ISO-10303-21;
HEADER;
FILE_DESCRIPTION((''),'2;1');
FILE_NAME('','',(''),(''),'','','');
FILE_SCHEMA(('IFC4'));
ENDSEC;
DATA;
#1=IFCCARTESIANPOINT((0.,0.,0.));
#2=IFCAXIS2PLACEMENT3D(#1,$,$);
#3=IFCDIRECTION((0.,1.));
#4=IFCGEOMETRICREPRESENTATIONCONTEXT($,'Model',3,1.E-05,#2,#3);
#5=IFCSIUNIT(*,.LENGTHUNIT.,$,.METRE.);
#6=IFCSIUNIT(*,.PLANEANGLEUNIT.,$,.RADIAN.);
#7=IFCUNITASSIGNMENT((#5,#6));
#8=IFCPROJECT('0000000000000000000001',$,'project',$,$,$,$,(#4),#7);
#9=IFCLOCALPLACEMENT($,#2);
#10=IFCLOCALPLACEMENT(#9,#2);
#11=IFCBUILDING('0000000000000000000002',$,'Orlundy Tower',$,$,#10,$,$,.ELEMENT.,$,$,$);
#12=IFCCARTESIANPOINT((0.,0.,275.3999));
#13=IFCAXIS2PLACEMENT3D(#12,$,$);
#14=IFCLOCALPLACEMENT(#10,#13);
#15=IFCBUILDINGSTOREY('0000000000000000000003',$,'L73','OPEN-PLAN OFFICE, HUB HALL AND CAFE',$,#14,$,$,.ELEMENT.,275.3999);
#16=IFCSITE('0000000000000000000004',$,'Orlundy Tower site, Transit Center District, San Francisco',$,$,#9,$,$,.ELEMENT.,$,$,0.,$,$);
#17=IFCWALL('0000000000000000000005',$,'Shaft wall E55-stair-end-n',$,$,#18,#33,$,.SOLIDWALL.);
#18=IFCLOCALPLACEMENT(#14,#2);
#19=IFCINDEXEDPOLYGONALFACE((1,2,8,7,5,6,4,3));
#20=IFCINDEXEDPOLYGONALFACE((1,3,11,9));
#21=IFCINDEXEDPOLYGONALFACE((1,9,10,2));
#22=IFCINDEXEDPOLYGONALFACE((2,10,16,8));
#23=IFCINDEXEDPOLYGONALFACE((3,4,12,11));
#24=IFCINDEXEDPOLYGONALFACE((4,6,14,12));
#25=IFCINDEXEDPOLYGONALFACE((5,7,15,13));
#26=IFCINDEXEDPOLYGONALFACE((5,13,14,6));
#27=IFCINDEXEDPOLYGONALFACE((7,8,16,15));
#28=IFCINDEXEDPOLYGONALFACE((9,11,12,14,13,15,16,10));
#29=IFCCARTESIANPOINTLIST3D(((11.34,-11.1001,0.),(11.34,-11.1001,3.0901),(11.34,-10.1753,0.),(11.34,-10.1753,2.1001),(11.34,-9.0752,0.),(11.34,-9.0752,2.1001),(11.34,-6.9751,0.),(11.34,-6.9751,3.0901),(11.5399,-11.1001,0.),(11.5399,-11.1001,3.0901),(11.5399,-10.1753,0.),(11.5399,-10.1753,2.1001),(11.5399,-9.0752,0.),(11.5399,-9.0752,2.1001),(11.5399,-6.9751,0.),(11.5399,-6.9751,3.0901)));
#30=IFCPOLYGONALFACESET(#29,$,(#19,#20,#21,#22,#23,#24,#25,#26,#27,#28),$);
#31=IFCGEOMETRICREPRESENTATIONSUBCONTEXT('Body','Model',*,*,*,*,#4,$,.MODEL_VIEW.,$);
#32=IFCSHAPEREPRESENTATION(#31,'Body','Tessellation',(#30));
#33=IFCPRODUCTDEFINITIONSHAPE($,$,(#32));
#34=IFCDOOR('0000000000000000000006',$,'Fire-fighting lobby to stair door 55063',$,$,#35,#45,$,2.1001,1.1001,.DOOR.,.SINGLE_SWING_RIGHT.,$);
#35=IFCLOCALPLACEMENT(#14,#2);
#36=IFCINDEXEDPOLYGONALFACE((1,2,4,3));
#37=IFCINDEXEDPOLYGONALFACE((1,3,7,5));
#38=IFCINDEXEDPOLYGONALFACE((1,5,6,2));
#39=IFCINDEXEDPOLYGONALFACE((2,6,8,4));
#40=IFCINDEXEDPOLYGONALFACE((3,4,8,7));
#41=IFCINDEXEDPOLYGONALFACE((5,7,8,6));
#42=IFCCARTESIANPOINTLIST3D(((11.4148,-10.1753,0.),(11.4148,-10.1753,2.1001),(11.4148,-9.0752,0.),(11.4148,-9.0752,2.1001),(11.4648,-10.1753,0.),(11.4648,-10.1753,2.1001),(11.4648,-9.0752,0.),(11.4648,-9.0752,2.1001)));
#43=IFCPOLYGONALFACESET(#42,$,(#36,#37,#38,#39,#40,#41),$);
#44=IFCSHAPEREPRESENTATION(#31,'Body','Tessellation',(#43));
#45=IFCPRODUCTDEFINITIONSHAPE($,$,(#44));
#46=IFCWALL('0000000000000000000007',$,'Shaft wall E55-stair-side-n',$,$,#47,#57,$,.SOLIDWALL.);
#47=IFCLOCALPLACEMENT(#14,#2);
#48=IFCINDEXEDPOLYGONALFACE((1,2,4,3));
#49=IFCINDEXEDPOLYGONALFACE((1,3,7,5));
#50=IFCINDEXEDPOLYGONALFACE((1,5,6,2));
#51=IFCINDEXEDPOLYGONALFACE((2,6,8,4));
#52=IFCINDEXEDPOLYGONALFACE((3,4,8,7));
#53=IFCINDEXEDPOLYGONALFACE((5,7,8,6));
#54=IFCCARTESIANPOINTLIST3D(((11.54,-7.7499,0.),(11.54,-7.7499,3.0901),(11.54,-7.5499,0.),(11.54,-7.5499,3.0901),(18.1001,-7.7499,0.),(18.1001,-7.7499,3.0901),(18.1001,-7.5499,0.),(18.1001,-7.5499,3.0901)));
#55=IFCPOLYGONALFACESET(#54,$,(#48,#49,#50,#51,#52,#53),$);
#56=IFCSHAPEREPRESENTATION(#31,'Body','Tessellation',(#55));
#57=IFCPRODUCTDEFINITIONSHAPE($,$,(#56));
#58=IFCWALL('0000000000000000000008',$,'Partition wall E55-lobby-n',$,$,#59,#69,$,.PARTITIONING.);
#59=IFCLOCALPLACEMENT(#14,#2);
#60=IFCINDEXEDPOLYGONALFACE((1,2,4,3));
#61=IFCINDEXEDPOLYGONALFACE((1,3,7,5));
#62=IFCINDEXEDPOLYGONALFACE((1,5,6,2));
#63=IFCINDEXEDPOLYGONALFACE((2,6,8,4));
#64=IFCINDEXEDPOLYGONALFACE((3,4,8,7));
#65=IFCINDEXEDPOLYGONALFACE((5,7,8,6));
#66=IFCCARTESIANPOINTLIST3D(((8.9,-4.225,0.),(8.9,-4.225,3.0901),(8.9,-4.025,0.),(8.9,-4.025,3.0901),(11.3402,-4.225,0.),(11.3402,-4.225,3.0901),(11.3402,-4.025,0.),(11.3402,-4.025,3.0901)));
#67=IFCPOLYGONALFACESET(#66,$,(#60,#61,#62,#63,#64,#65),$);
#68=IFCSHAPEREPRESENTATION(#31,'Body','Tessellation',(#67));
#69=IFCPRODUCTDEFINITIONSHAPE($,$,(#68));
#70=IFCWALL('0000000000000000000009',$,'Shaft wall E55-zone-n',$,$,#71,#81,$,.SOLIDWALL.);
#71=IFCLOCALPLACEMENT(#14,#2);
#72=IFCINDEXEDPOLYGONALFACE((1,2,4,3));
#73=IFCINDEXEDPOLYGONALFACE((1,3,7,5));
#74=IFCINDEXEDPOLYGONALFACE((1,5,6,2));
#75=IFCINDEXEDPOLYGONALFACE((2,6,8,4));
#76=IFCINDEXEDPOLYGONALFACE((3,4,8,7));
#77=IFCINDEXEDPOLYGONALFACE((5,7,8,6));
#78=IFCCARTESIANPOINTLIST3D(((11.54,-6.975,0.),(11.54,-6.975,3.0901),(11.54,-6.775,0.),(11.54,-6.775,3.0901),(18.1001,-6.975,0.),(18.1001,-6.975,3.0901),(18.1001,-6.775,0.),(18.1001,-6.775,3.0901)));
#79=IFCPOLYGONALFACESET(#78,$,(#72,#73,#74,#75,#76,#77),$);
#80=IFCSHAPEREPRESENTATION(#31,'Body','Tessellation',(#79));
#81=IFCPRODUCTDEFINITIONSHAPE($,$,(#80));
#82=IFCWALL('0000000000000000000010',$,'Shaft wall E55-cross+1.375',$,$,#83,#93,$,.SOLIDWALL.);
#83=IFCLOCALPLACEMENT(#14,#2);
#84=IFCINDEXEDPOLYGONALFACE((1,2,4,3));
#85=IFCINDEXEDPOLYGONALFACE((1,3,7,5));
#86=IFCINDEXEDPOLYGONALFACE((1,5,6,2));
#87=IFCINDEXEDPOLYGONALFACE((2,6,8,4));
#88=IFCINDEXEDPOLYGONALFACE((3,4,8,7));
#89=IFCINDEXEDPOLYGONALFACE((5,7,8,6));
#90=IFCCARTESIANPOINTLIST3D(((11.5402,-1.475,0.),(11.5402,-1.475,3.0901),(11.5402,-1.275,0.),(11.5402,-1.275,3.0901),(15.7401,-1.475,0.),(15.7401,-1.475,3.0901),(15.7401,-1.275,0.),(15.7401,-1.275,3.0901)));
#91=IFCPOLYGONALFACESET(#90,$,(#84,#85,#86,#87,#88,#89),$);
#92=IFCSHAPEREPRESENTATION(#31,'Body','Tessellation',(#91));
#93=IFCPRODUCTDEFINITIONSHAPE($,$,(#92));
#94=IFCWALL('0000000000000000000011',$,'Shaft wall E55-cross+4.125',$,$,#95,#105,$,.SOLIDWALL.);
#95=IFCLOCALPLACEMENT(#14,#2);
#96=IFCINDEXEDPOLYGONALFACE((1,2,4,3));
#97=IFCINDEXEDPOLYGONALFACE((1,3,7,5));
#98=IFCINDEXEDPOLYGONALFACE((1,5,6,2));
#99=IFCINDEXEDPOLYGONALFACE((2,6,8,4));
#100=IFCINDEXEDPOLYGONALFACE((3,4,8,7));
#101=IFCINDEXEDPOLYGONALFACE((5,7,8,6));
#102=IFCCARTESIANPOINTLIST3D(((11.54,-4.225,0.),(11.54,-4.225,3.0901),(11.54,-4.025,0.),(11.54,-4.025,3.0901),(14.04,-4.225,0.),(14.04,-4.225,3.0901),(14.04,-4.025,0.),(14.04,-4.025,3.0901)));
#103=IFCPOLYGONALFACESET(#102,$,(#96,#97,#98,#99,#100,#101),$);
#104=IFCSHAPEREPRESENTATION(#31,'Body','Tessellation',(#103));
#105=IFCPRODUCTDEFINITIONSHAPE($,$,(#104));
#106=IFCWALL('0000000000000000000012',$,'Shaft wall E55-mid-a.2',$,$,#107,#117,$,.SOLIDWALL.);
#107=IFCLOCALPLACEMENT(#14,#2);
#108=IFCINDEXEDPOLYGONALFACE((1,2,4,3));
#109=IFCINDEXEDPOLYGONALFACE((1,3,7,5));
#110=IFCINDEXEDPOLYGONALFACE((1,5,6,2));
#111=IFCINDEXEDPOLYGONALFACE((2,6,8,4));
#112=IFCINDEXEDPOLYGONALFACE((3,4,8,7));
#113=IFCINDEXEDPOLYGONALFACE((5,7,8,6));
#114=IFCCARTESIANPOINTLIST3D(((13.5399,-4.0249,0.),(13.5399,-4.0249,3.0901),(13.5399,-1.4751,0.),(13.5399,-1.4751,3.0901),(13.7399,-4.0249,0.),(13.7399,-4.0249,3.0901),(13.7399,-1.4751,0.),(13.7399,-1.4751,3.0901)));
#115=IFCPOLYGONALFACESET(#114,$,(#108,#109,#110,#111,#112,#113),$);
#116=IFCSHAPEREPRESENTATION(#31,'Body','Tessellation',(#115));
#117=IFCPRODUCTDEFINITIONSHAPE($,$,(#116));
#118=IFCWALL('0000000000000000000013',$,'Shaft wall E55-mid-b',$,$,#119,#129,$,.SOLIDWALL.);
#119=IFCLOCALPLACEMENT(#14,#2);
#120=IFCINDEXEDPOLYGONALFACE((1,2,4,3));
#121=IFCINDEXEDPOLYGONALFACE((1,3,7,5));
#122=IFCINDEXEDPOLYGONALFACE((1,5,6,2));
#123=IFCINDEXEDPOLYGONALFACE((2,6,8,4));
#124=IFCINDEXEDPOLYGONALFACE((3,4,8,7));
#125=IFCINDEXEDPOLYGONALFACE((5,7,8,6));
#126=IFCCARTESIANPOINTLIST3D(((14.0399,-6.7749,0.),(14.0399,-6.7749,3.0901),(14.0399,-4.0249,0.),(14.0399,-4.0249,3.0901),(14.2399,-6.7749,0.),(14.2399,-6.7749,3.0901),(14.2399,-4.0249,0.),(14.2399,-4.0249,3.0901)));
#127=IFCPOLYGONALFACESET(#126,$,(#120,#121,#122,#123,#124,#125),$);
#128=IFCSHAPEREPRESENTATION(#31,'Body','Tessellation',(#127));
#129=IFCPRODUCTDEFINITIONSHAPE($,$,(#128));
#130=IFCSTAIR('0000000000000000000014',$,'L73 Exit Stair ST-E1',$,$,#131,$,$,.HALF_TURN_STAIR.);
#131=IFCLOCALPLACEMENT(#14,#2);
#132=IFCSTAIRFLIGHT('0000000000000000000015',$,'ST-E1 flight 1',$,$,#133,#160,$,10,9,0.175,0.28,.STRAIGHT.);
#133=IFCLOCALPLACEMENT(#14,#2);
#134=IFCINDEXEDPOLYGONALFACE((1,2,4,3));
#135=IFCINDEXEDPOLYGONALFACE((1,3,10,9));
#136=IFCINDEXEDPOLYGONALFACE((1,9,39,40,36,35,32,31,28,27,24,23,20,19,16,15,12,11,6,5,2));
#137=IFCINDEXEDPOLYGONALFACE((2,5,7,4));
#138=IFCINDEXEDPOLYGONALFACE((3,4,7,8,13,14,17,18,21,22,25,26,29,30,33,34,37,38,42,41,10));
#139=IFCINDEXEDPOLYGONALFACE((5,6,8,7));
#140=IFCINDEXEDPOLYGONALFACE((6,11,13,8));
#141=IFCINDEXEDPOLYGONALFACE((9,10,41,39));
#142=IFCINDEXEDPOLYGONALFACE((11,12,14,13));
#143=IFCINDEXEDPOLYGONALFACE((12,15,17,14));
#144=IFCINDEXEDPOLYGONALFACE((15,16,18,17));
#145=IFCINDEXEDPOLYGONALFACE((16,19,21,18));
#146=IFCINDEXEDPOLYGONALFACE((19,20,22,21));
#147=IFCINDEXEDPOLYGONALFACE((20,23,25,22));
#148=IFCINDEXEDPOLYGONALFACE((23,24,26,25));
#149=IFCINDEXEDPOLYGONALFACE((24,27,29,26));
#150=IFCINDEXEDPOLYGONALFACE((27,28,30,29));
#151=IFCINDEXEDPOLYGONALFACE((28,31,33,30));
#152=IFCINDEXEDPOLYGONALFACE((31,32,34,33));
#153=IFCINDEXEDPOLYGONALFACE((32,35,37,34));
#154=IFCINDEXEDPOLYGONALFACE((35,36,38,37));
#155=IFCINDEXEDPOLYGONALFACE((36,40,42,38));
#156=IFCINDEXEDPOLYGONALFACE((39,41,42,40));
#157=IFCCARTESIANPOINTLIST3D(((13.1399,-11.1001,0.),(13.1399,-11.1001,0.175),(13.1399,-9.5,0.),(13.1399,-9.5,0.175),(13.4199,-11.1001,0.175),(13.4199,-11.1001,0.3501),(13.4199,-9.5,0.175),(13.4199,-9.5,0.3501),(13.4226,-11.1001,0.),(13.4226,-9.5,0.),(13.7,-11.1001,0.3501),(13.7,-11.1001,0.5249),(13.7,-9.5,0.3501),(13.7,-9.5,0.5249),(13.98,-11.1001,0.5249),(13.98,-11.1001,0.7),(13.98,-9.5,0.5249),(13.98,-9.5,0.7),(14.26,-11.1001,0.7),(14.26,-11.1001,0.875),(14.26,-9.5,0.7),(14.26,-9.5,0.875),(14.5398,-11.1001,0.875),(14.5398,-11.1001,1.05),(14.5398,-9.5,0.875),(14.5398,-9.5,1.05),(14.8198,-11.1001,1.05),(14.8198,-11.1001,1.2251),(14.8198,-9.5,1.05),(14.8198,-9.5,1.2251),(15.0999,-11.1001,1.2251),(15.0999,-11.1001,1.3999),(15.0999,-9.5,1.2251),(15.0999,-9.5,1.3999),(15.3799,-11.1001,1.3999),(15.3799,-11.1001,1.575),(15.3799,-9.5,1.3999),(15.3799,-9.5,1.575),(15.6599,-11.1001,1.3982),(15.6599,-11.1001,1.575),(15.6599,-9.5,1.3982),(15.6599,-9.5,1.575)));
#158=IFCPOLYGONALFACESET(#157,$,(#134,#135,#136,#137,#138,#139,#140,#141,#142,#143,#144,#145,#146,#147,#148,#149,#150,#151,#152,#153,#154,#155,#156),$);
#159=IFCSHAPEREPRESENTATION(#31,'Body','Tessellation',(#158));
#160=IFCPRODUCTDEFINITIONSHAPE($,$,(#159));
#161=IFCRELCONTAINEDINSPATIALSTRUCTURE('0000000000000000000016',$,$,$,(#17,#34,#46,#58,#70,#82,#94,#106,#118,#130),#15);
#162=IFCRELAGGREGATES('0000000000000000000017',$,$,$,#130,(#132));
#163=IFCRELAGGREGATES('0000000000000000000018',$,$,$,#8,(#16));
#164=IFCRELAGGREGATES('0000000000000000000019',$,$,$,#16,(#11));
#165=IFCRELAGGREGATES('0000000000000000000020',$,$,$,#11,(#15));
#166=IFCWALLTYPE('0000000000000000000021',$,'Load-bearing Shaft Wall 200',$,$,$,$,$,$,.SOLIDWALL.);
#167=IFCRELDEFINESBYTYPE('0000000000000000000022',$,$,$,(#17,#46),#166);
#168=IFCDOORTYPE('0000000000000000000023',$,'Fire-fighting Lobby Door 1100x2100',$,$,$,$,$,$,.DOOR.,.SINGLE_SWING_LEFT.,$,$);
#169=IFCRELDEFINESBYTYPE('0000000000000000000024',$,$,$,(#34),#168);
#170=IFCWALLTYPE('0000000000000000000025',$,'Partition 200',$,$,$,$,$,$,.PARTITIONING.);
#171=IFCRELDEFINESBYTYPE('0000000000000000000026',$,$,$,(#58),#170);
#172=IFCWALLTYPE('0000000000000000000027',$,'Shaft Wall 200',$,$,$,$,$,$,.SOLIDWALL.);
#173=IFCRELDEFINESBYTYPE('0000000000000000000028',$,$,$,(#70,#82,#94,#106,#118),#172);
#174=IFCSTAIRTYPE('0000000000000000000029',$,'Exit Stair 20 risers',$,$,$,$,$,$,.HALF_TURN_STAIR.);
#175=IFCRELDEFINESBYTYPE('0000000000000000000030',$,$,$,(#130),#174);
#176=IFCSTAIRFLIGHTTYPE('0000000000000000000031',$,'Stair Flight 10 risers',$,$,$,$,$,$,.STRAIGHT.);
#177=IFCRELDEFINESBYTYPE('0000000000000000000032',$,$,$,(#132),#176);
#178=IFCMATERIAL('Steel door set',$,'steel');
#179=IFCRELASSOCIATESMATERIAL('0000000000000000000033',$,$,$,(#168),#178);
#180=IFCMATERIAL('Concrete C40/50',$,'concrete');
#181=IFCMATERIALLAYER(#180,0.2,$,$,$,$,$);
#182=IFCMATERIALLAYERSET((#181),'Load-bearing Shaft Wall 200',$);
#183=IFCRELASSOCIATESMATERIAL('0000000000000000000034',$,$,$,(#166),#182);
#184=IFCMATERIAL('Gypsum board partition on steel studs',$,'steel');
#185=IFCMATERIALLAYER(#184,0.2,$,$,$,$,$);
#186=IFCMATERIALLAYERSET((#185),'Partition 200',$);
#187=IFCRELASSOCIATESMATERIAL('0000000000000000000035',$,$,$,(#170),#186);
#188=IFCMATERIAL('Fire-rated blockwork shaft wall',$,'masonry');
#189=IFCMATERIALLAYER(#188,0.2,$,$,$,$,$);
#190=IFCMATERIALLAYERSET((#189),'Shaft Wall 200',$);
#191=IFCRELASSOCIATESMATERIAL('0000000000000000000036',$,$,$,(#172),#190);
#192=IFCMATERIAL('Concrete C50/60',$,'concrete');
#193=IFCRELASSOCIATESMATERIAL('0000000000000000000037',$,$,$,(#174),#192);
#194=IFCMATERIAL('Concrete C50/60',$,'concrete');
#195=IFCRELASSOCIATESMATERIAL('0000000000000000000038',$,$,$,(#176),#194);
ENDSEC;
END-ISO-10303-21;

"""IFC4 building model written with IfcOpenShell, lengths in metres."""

from ifc_helpers import new_model, si_unit, direction, frame, frame_2d, origin, place, context, subcontext, project, spatial, polyline, rectangle, outline, extrude, material, layer, layer_set, type_object, element, fill, aggregate, save


model = new_model("IFC4")

# Units and contexts
model_context = context("Model", 3, precision=1e-05, world=origin(), true_north=direction((0.0, 1.0)))
body_context = subcontext(model_context, "Body", "Model", "MODEL_VIEW")
ifc_project = project(units=[si_unit("LENGTHUNIT", "METRE"), si_unit("PLANEANGLEUNIT", "RADIAN")], contexts=[model_context])

# Site, building, storey
site_placement = place(None, origin())
site = spatial("IfcSite", under=ifc_project, at=site_placement, Name="Orlundy Tower site, Transit Center District, San Francisco", CompositionType="ELEMENT", RefElevation=0.0)
building_placement = place(site_placement, origin())
building = spatial("IfcBuilding", under=site, at=building_placement, Name="Orlundy Tower", CompositionType="ELEMENT")
storey_placement = place(building_placement, frame((0.0, 0.0, 275.3999)))
storey = spatial("IfcBuildingStorey", under=building, at=storey_placement, Name="L73", Description="OPEN-PLAN OFFICE, HUB HALL AND CAFE", CompositionType="ELEMENT", Elevation=275.3999)

# Shared definitions
ifc_material_1 = material(Name="Steel door set", Category="steel")
door_type_1 = type_object("IfcDoorType", Name="Fire-fighting Lobby Door 1100x2100", OperationType="SINGLE_SWING_LEFT", PredefinedType="DOOR", material=ifc_material_1)

# Wall, opening, door
ifc_material_2 = material(Name="Concrete C40/50", Category="concrete")
ifc_layer_1 = layer(ifc_material_2, 0.2)
ifc_layer_set_1 = layer_set([ifc_layer_1], Name="Load-bearing Shaft Wall 200")
wall_type_1 = type_object("IfcWallType", Name="Load-bearing Shaft Wall 200", PredefinedType="SOLIDWALL", material=ifc_layer_set_1)
wall_1_placement = place(storey_placement, frame((11.4399, -6.9751, 0.0), z_axis=(0.0, 0.0, 1.0), x_axis=(0.0, -1.0, 0.0)))
wall_1 = element("IfcWall", 1, at=wall_1_placement, inside=storey, type_object=wall_type_1, Name="Shaft wall E55-stair-end-n", PredefinedType="SOLIDWALL", context=body_context, shape_type="SweptSolid", body=[
    extrude(rectangle(XDim=4.125, YDim=0.2, at=frame_2d((2.0625, 0.0))), origin(), (0.0, 0.0, 1.0), 3.0901),
])
opening_1_placement = place(wall_1_placement, frame((2.1001, 0.0, 0.0)))
opening_1 = element("IfcOpeningElement", 2, at=opening_1_placement, cuts=wall_1, PredefinedType="OPENING", context=body_context, shape_type="SweptSolid", body=[
    extrude(rectangle(XDim=1.1001, YDim=2.1001, at=frame_2d((0.55, 1.05))), frame((0.0, 0.1101, 0.0), z_axis=(0.0, -1.0, 0.0), x_axis=(1.0, 0.0, 0.0)), (0.0, 0.0, 1.0), 0.2202),
])
door_1_placement = place(opening_1_placement, origin())
door_1 = element("IfcDoor", 3, at=door_1_placement, inside=storey, type_object=door_type_1, Name="Fire-fighting lobby to stair door 55063", OperationType="SINGLE_SWING_RIGHT", OverallHeight=2.1001, OverallWidth=1.1001, PredefinedType="DOOR", context=body_context, shape_type="SweptSolid", body=[
    extrude(rectangle(XDim=1.1001, YDim=2.1001, at=frame_2d((0.55, 1.05))), frame((0.0, 0.0249, 0.0), z_axis=(0.0, -1.0, 0.0), x_axis=(1.0, 0.0, 0.0)), (0.0, 0.0, 1.0), 0.05),
])
fill(opening_1, door_1)

# Walls
wall_2_placement = place(storey_placement, frame((11.54, -7.6499, 0.0), z_axis=(0.0, 0.0, 1.0), x_axis=(1.0, 0.0, 0.0)))
element("IfcWall", 4, at=wall_2_placement, inside=storey, type_object=wall_type_1, Name="Shaft wall E55-stair-side-n", PredefinedType="SOLIDWALL", context=body_context, shape_type="SweptSolid", body=[
    extrude(rectangle(XDim=6.5601, YDim=0.2, at=frame_2d((3.28, 0.0))), origin(), (0.0, 0.0, 1.0), 3.0901),
])
ifc_material_3 = material(Name="Gypsum board partition on steel studs", Category="steel")
ifc_layer_2 = layer(ifc_material_3, 0.2)
ifc_layer_set_2 = layer_set([ifc_layer_2], Name="Partition 200")
wall_type_2 = type_object("IfcWallType", Name="Partition 200", PredefinedType="PARTITIONING", material=ifc_layer_set_2)
wall_3_placement = place(storey_placement, frame((8.8999, -4.125, 0.0), z_axis=(0.0, 0.0, 1.0), x_axis=(1.0, 0.0, 0.0)))
element("IfcWall", 5, at=wall_3_placement, inside=storey, type_object=wall_type_2, Name="Partition wall E55-lobby-n", PredefinedType="PARTITIONING", context=body_context, shape_type="SweptSolid", body=[
    extrude(rectangle(XDim=2.4402, YDim=0.2, at=frame_2d((1.2202, 0.0))), origin(), (0.0, 0.0, 1.0), 3.0901),
])
ifc_material_4 = material(Name="Fire-rated blockwork shaft wall", Category="masonry")
ifc_layer_3 = layer(ifc_material_4, 0.2)
ifc_layer_set_3 = layer_set([ifc_layer_3], Name="Shaft Wall 200")
wall_type_3 = type_object("IfcWallType", Name="Shaft Wall 200", PredefinedType="SOLIDWALL", material=ifc_layer_set_3)
wall_4_placement = place(storey_placement, frame((11.54, -6.875, 0.0), z_axis=(0.0, 0.0, 1.0), x_axis=(1.0, 0.0, 0.0)))
element("IfcWall", 6, at=wall_4_placement, inside=storey, type_object=wall_type_3, Name="Shaft wall E55-zone-n", PredefinedType="SOLIDWALL", context=body_context, shape_type="SweptSolid", body=[
    extrude(rectangle(XDim=6.5601, YDim=0.2, at=frame_2d((3.28, 0.0))), origin(), (0.0, 0.0, 1.0), 3.0901),
])
wall_5_placement = place(storey_placement, frame((11.54, -1.375, 0.0), z_axis=(0.0, 0.0, 1.0), x_axis=(1.0, 0.0, 0.0)))
element("IfcWall", 7, at=wall_5_placement, inside=storey, type_object=wall_type_3, Name="Shaft wall E55-cross+1.375", PredefinedType="SOLIDWALL", context=body_context, shape_type="SweptSolid", body=[
    extrude(rectangle(XDim=4.2, YDim=0.2, at=frame_2d((2.1001, 0.0))), origin(), (0.0, 0.0, 1.0), 3.0901),
])
wall_6_placement = place(storey_placement, frame((11.54, -4.125, 0.0), z_axis=(0.0, 0.0, 1.0), x_axis=(1.0, 0.0, 0.0)))
element("IfcWall", 8, at=wall_6_placement, inside=storey, type_object=wall_type_3, Name="Shaft wall E55-cross+4.125", PredefinedType="SOLIDWALL", context=body_context, shape_type="SweptSolid", body=[
    extrude(rectangle(XDim=2.5, YDim=0.2, at=frame_2d((1.25, 0.0))), origin(), (0.0, 0.0, 1.0), 3.0901),
])
wall_7_placement = place(storey_placement, frame((13.6399, -1.4751, 0.0), z_axis=(0.0, 0.0, 1.0), x_axis=(0.0, -1.0, 0.0)))
element("IfcWall", 9, at=wall_7_placement, inside=storey, type_object=wall_type_3, Name="Shaft wall E55-mid-a.2", PredefinedType="SOLIDWALL", context=body_context, shape_type="SweptSolid", body=[
    extrude(rectangle(XDim=2.5498, YDim=0.2, at=frame_2d((1.2749, 0.0))), origin(), (0.0, 0.0, 1.0), 3.0901),
])
wall_8_placement = place(storey_placement, frame((14.1399, -4.0249, 0.0), z_axis=(0.0, 0.0, 1.0), x_axis=(0.0, -1.0, 0.0)))
element("IfcWall", 10, at=wall_8_placement, inside=storey, type_object=wall_type_3, Name="Shaft wall E55-mid-b", PredefinedType="SOLIDWALL", context=body_context, shape_type="SweptSolid", body=[
    extrude(rectangle(XDim=2.75, YDim=0.2, at=frame_2d((1.375, 0.0))), origin(), (0.0, 0.0, 1.0), 3.0901),
])

# Stair, stair flight
ifc_material_5 = material(Name="Concrete C50/60", Category="concrete")
stair_type = type_object("IfcStairType", Name="Exit Stair 20 risers", PredefinedType="HALF_TURN_STAIR", material=ifc_material_5)
stair_placement = place(storey_placement, origin())
stair = element("IfcStair", 11, at=stair_placement, inside=storey, type_object=stair_type, Name="L73 Exit Stair ST-E1", PredefinedType="HALF_TURN_STAIR")
ifc_material_6 = material(Name="Concrete C50/60", Category="concrete")
stair_flight_type = type_object("IfcStairFlightType", Name="Stair Flight 10 risers", PredefinedType="STRAIGHT", material=ifc_material_6)
stair_flight_1_placement = place(storey_placement, frame((13.1399, -10.3, 0.0), z_axis=(0.0, 0.0, 1.0), x_axis=(1.0, 0.0, 0.0)))
stair_flight_1 = element("IfcStairFlight", 12, at=stair_flight_1_placement, type_object=stair_flight_type, Name="ST-E1 flight 1", NumberOfRisers=10, NumberOfTreads=9, PredefinedType="STRAIGHT", RiserHeight=0.175, TreadLength=0.28, context=body_context, shape_type="SweptSolid", body=[
    extrude(outline(polyline([(0.0, 0.0), (0.0, 0.175), (0.28, 0.175), (0.28, 0.3501), (0.5601, 0.3501), (0.5601, 0.5249), (0.8401, 0.5249), (0.8401, 0.7), (1.1201, 0.7), (1.1201, 0.875), (1.3999, 0.875), (1.3999, 1.05), (1.6799, 1.05), (1.6799, 1.2251), (1.96, 1.2251), (1.96, 1.3999), (2.24, 1.3999), (2.24, 1.575), (2.52, 1.575), (2.52, 1.75), (2.52, 1.3982), (0.2827, 0.0), (0.0, 0.0)])), frame((0.0, 0.8, 0.0), z_axis=(0.0, -1.0, 0.0), x_axis=(1.0, 0.0, 0.0)), (0.0, 0.0, 1.0), 1.6001),
])
aggregate(stair, [stair_flight_1])

save(model, "model.ifc")
